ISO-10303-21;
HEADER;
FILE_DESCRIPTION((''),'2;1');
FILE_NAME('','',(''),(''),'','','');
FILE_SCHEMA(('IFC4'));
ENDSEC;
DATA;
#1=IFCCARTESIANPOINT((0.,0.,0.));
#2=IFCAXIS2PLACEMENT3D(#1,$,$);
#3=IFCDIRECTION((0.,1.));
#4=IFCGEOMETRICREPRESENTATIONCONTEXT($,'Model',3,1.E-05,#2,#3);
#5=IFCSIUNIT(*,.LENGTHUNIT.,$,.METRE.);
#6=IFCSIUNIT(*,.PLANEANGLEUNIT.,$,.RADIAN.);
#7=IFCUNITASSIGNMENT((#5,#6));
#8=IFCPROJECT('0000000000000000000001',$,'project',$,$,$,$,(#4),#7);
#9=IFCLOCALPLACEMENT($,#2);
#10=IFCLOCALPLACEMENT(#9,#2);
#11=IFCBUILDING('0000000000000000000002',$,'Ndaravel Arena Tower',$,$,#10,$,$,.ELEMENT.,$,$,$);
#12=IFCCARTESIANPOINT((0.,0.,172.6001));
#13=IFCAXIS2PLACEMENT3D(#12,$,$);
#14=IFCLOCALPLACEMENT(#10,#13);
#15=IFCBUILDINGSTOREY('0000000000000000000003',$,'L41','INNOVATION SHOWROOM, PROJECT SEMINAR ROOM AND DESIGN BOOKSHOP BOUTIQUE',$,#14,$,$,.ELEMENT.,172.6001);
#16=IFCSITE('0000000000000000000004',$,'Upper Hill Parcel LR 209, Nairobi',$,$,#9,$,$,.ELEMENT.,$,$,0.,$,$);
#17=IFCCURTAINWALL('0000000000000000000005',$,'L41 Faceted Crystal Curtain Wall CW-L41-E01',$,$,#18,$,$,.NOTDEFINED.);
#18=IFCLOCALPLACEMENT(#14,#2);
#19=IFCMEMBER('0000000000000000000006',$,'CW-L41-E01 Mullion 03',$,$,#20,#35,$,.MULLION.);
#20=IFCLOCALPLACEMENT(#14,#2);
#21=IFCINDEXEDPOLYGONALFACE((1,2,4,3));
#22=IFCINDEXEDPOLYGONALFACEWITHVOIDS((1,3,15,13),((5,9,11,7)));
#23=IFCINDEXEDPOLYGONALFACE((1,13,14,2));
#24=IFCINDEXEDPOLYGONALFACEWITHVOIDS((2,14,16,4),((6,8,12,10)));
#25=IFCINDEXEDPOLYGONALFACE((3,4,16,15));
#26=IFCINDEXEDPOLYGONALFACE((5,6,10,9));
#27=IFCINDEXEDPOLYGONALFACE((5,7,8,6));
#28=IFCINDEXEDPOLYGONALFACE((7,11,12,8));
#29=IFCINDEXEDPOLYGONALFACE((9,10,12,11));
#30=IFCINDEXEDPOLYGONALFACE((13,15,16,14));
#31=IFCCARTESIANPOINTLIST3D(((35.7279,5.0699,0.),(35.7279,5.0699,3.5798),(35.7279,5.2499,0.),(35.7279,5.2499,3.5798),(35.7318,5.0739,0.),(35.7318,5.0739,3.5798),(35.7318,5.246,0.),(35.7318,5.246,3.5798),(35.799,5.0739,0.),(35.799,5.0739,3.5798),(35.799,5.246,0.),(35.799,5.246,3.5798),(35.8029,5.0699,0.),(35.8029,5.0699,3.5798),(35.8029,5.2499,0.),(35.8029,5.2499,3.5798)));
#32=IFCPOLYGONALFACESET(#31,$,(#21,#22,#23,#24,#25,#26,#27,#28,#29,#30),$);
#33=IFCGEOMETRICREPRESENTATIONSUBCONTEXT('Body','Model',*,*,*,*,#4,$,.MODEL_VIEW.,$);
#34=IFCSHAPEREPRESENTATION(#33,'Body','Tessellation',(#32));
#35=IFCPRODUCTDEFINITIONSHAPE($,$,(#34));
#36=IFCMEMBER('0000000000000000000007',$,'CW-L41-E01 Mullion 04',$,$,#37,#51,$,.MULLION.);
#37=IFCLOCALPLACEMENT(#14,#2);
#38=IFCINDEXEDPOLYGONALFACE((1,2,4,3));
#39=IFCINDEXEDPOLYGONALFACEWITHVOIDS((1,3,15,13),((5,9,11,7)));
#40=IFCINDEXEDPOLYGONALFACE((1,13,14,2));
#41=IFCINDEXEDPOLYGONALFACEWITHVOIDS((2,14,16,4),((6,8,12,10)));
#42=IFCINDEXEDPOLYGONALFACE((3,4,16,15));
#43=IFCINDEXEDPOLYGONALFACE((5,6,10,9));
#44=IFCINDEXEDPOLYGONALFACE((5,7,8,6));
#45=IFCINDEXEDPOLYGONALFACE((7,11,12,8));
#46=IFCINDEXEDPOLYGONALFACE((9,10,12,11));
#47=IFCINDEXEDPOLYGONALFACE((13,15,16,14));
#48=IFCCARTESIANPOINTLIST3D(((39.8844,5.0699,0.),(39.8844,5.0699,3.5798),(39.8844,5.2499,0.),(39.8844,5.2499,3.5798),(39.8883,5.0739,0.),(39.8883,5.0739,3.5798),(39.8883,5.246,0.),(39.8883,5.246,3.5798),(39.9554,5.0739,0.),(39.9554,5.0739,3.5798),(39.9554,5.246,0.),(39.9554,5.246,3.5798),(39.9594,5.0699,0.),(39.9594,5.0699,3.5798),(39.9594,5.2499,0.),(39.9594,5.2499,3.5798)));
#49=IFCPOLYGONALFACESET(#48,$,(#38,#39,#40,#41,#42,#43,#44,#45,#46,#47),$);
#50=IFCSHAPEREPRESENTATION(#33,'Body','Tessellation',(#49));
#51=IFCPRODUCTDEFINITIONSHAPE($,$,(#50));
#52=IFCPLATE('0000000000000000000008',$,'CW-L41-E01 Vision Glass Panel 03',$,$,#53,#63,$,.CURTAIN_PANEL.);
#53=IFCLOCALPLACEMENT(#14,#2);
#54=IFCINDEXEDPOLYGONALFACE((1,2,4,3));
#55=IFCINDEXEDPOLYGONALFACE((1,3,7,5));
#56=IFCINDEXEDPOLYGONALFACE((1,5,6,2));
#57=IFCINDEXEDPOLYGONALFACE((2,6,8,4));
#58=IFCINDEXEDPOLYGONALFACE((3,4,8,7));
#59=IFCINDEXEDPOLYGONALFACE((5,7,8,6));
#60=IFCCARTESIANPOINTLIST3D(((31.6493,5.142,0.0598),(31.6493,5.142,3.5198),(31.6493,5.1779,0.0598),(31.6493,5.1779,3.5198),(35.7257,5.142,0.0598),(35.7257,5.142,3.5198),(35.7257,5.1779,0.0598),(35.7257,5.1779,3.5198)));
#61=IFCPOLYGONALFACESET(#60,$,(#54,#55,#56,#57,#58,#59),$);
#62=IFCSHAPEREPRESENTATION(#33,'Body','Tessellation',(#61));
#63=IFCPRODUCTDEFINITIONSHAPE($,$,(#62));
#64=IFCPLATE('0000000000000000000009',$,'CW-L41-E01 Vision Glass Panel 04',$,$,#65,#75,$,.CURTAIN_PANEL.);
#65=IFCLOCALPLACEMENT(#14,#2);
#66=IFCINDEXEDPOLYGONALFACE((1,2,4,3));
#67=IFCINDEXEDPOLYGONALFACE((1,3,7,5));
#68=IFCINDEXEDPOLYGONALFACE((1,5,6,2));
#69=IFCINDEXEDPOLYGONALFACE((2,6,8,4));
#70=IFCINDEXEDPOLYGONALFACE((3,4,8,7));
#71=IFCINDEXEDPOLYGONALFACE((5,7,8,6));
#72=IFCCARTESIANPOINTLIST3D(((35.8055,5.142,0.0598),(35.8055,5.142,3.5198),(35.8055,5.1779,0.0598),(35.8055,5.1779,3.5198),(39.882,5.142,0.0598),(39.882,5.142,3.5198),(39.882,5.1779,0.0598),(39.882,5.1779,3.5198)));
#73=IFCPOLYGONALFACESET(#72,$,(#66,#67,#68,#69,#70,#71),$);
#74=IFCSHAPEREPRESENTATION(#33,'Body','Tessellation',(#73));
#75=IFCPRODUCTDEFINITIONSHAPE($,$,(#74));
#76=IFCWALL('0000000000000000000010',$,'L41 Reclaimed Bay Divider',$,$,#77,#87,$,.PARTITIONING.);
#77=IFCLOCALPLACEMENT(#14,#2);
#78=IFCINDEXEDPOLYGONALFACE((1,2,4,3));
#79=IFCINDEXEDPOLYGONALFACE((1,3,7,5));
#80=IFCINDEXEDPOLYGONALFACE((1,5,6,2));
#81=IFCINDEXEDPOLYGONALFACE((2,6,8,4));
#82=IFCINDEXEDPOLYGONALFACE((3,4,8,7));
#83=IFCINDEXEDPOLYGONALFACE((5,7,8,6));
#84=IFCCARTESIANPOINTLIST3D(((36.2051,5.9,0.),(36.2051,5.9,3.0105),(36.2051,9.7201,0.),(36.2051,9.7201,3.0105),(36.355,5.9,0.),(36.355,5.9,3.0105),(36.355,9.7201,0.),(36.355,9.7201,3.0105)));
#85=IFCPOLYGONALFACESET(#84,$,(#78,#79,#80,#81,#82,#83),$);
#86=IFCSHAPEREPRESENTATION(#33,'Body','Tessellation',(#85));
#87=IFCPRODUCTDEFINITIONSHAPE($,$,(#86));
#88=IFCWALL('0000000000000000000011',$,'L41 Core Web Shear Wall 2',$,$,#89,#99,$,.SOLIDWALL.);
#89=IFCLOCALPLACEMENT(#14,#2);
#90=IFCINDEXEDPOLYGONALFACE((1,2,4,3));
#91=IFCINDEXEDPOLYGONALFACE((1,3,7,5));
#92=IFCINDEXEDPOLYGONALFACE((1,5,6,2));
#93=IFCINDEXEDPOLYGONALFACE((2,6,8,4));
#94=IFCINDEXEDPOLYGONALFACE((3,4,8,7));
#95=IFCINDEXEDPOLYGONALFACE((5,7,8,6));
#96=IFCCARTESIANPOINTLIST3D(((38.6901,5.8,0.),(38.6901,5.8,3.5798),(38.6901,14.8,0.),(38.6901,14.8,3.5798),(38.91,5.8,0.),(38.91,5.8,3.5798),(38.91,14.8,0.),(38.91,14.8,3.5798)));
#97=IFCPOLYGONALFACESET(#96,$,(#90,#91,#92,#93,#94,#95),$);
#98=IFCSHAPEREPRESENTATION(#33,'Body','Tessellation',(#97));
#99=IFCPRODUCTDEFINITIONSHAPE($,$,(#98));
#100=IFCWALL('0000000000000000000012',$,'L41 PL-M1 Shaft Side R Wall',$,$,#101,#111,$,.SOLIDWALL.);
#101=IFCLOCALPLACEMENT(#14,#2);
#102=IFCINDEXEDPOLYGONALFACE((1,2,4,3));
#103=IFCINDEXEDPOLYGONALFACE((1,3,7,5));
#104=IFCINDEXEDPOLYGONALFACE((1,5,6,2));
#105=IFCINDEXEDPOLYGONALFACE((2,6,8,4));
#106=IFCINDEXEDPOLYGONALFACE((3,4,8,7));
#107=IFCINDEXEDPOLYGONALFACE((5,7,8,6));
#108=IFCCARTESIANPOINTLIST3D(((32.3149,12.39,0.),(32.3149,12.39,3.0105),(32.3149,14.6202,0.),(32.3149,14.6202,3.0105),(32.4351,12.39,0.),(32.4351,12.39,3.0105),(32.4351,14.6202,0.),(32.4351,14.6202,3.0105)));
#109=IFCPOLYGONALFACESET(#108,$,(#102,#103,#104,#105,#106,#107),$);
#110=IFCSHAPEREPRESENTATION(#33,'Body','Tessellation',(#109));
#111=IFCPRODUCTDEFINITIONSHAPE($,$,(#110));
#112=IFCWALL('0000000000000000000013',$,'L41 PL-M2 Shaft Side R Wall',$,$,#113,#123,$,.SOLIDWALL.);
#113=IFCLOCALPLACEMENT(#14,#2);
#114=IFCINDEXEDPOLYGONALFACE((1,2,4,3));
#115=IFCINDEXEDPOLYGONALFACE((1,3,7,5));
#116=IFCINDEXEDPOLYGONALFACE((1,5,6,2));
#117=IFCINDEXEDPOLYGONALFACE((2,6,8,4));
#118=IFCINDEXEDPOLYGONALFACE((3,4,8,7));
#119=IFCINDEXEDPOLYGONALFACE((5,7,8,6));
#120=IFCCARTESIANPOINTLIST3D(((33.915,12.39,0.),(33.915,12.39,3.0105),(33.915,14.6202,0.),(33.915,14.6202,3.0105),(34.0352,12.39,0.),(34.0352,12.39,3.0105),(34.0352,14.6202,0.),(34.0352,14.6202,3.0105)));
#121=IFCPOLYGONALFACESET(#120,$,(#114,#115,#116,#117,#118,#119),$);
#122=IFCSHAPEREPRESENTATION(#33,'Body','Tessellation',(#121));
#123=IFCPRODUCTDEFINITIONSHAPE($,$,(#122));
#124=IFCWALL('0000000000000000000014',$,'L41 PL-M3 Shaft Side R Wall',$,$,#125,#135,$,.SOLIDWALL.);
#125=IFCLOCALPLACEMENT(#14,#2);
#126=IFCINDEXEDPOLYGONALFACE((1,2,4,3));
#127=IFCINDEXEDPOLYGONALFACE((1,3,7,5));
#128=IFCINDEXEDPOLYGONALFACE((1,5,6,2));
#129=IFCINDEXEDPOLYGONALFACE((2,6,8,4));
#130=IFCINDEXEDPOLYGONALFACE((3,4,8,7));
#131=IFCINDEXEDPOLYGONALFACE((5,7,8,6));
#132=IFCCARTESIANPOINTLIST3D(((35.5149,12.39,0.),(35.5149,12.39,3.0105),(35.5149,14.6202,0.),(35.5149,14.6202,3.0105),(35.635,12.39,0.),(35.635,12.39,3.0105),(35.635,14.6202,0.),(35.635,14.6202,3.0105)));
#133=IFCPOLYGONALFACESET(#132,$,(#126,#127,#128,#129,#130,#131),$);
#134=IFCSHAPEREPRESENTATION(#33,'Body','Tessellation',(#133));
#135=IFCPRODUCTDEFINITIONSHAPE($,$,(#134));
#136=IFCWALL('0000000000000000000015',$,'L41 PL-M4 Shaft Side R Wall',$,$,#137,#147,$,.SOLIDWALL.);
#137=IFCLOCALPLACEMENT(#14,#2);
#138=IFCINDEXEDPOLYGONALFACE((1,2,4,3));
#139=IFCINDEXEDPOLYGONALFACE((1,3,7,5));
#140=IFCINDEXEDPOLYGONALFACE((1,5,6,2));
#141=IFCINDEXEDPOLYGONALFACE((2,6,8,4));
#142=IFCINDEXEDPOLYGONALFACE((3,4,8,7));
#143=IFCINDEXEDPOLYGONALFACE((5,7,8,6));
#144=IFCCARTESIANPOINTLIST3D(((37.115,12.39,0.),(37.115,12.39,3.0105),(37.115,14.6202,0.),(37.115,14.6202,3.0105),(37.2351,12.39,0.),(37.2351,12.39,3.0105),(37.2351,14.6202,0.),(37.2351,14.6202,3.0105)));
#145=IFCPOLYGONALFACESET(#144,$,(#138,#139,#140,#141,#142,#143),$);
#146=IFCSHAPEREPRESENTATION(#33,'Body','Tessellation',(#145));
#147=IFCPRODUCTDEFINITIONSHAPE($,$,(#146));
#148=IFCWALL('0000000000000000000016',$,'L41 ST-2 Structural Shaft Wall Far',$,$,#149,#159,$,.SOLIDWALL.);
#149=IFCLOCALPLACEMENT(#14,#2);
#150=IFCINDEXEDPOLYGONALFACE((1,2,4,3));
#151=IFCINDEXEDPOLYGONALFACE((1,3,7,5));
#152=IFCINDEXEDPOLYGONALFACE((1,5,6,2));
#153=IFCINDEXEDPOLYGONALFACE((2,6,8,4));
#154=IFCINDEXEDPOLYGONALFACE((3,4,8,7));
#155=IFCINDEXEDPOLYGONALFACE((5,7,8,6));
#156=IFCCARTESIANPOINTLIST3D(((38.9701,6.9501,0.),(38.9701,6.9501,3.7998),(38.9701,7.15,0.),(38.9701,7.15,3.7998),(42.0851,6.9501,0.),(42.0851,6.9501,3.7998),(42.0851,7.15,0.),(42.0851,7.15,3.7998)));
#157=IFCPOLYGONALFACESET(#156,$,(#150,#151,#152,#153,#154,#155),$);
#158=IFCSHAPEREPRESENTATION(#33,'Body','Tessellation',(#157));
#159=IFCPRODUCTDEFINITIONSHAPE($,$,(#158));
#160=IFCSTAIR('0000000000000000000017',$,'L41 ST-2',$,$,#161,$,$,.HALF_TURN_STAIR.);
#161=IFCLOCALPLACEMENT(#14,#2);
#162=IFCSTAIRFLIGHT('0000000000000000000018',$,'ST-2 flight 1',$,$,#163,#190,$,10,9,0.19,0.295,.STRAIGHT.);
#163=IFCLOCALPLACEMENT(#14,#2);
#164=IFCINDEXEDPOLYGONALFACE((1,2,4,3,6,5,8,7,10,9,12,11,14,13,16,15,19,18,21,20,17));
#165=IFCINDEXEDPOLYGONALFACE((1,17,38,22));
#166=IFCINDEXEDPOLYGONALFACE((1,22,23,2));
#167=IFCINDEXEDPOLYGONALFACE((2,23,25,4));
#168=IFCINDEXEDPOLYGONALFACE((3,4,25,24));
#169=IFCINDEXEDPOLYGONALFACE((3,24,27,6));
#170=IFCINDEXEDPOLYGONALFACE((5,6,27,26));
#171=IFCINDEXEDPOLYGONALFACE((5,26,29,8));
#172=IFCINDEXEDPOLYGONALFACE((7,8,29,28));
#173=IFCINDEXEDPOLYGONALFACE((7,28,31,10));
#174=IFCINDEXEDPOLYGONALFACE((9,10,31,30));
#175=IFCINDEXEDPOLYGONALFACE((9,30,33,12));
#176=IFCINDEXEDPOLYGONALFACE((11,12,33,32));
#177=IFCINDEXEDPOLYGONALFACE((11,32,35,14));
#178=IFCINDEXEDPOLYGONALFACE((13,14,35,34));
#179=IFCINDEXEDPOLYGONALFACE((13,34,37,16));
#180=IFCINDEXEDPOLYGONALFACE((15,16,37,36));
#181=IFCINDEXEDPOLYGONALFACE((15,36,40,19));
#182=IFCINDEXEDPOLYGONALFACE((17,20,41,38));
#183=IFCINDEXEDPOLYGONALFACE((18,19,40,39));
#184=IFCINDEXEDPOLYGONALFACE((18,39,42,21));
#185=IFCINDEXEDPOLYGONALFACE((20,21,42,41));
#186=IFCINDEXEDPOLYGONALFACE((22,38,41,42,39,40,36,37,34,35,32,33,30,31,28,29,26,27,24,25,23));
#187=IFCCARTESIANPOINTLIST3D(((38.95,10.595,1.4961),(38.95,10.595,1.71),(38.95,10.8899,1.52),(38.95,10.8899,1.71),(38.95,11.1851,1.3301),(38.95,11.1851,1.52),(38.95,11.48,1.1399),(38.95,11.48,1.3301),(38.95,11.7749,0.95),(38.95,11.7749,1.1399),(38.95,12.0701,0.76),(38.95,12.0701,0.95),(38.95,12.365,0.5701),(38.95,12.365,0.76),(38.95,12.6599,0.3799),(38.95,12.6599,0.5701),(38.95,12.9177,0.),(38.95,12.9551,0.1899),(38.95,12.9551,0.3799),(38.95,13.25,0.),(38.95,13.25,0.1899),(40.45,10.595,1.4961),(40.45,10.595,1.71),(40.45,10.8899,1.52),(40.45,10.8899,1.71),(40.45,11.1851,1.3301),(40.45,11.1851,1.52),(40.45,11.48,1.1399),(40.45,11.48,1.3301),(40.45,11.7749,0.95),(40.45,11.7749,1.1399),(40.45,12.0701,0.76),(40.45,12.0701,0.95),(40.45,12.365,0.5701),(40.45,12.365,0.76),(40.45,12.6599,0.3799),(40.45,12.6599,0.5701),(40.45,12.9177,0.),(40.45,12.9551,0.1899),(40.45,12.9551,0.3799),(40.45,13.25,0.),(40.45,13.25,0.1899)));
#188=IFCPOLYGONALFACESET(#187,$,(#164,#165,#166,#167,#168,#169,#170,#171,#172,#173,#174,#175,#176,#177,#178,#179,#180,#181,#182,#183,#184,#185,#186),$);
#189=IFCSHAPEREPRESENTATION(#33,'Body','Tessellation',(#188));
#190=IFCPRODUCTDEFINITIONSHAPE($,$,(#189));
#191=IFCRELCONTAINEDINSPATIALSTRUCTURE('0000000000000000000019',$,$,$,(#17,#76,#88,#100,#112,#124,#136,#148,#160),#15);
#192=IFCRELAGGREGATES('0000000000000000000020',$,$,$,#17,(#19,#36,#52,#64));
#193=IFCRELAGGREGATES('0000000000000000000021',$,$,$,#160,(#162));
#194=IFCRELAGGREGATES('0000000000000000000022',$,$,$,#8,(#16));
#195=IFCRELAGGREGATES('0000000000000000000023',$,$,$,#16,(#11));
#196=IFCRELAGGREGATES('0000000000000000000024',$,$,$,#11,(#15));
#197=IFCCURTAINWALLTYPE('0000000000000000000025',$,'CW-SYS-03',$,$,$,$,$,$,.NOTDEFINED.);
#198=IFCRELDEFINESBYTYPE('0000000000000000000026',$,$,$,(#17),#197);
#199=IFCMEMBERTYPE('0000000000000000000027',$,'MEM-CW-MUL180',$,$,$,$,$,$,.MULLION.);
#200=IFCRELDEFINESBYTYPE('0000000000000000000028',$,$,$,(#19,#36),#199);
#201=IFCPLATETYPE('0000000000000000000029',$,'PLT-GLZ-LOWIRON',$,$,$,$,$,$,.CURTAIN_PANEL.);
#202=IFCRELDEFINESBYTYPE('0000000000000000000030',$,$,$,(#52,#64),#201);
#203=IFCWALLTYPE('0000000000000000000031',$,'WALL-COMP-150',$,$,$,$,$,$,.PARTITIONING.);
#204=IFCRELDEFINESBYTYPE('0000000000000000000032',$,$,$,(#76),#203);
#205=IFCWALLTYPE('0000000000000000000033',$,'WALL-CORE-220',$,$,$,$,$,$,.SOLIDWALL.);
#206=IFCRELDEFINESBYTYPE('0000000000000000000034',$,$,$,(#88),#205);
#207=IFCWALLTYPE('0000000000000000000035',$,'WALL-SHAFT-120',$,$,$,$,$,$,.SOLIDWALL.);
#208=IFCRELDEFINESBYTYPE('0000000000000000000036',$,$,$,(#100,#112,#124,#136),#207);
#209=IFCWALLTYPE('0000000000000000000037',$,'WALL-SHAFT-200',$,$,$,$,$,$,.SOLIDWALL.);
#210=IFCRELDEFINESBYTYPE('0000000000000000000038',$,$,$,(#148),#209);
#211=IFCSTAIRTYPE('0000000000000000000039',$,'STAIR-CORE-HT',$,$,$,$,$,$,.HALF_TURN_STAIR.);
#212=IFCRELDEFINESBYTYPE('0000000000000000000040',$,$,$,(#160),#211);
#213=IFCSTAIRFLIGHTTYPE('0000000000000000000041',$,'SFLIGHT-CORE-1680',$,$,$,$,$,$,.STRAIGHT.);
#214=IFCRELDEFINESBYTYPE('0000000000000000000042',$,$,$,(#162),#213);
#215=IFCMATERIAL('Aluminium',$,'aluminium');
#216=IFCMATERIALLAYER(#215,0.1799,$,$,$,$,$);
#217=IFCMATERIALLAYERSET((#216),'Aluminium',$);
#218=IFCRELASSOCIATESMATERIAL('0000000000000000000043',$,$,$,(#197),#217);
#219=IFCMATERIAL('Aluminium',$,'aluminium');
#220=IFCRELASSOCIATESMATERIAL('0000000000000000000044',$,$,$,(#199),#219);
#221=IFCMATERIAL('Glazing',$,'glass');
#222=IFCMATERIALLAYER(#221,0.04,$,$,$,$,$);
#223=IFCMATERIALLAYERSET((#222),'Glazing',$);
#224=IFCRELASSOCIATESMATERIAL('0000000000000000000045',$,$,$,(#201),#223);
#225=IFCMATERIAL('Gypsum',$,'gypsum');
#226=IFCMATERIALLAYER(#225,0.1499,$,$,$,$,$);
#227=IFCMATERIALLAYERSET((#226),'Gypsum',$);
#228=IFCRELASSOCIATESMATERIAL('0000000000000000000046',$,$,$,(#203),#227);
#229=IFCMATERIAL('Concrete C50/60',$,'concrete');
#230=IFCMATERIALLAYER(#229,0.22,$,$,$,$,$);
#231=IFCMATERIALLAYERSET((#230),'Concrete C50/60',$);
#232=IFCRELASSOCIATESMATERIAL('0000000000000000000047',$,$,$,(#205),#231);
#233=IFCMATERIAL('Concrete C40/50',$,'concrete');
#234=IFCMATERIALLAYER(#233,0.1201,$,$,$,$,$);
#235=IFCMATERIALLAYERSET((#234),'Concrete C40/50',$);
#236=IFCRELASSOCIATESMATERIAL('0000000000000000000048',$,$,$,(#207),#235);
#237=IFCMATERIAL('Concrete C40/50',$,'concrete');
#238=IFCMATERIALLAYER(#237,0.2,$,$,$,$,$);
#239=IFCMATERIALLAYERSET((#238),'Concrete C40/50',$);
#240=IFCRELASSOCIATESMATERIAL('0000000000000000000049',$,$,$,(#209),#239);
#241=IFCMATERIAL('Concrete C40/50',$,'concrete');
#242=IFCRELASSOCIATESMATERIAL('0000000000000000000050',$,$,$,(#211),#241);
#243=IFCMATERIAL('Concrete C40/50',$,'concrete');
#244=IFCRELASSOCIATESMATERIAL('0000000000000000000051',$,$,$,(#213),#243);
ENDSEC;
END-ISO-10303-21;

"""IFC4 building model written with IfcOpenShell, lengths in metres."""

from ifc_helpers import new_model, si_unit, direction, frame, frame_2d, origin, origin_2d, place, context, subcontext, project, spatial, polyline, rectangle, hollow_rectangle, outline, extrude, material, layer, layer_set, material_profile, profile_set, type_object, element, aggregate, save


model = new_model("IFC4")

# Units and contexts
model_context = context("Model", 3, precision=1e-05, world=origin(), true_north=direction((0.0, 1.0)))
body_context = subcontext(model_context, "Body", "Model", "MODEL_VIEW")
ifc_project = project(units=[si_unit("LENGTHUNIT", "METRE"), si_unit("PLANEANGLEUNIT", "RADIAN")], contexts=[model_context])

# Site, building, storey
site_placement = place(None, origin())
site = spatial("IfcSite", under=ifc_project, at=site_placement, Name="Upper Hill Parcel LR 209, Nairobi", CompositionType="ELEMENT", RefElevation=0.0)
building_placement = place(site_placement, origin())
building = spatial("IfcBuilding", under=site, at=building_placement, Name="Ndaravel Arena Tower", CompositionType="ELEMENT")
storey_placement = place(building_placement, frame((0.0, 0.0, 172.6001)))
storey = spatial("IfcBuildingStorey", under=building, at=storey_placement, Name="L41", Description="INNOVATION SHOWROOM, PROJECT SEMINAR ROOM AND DESIGN BOOKSHOP BOUTIQUE", CompositionType="ELEMENT", Elevation=172.6001)

# Curtain wall, members, plates
ifc_material_1 = material(Name="Aluminium", Category="aluminium")
ifc_layer_1 = layer(ifc_material_1, 0.1799)
ifc_layer_set_1 = layer_set([ifc_layer_1], Name="Aluminium")
curtain_wall_type = type_object("IfcCurtainWallType", Name="CW-SYS-03", PredefinedType="NOTDEFINED", material=ifc_layer_set_1)
curtain_wall_placement = place(storey_placement, origin())
curtain_wall = element("IfcCurtainWall", 1, at=curtain_wall_placement, inside=storey, type_object=curtain_wall_type, Name="L41 Faceted Crystal Curtain Wall CW-L41-E01", PredefinedType="NOTDEFINED")
ifc_material_2 = material(Name="Aluminium", Category="aluminium")
ifc_material_profile = material_profile(ifc_material_2, hollow_rectangle(XDim=0.075, YDim=0.1799, WallThickness=0.0039, at=origin_2d()), Name="CW MULLION 75x180x4")
ifc_profile_set = profile_set([ifc_material_profile], Name="Aluminium")
member_type = type_object("IfcMemberType", Name="MEM-CW-MUL180", PredefinedType="MULLION", material=ifc_profile_set)
member_1_placement = place(storey_placement, frame((35.7654, 5.1599, 0.0), z_axis=(0.0, 0.0, 1.0), x_axis=(1.0, 0.0, 0.0)))
member_1 = element("IfcMember", 2, at=member_1_placement, type_object=member_type, Name="CW-L41-E01 Mullion 03", PredefinedType="MULLION", context=body_context, shape_type="SweptSolid", body=[
    extrude(hollow_rectangle(XDim=0.075, YDim=0.1799, WallThickness=0.0039, at=origin_2d()), origin(), (0.0, 0.0, 1.0), 3.5798),
])
member_2_placement = place(storey_placement, frame((39.9219, 5.1599, 0.0), z_axis=(0.0, 0.0, 1.0), x_axis=(1.0, 0.0, 0.0)))
member_2 = element("IfcMember", 3, at=member_2_placement, type_object=member_type, Name="CW-L41-E01 Mullion 04", PredefinedType="MULLION", context=body_context, shape_type="SweptSolid", body=[
    extrude(hollow_rectangle(XDim=0.075, YDim=0.1799, WallThickness=0.0039, at=origin_2d()), origin(), (0.0, 0.0, 1.0), 3.5798),
])
ifc_material_3 = material(Name="Glazing", Category="glass")
ifc_layer_2 = layer(ifc_material_3, 0.04)
ifc_layer_set_2 = layer_set([ifc_layer_2], Name="Glazing")
plate_type = type_object("IfcPlateType", Name="PLT-GLZ-LOWIRON", PredefinedType="CURTAIN_PANEL", material=ifc_layer_set_2)
plate_1_placement = place(storey_placement, frame((33.6875, 5.1599, 0.0598), z_axis=(0.0, 0.0, 1.0), x_axis=(1.0, 0.0, 0.0)))
plate_1 = element("IfcPlate", 4, at=plate_1_placement, type_object=plate_type, Name="CW-L41-E01 Vision Glass Panel 03", PredefinedType="CURTAIN_PANEL", context=body_context, shape_type="SweptSolid", body=[
    extrude(rectangle(XDim=4.0764, YDim=0.0359, at=origin_2d()), origin(), (0.0, 0.0, 1.0), 3.46),
])
plate_2_placement = place(storey_placement, frame((37.8438, 5.1599, 0.0598), z_axis=(0.0, 0.0, 1.0), x_axis=(1.0, 0.0, 0.0)))
plate_2 = element("IfcPlate", 5, at=plate_2_placement, type_object=plate_type, Name="CW-L41-E01 Vision Glass Panel 04", PredefinedType="CURTAIN_PANEL", context=body_context, shape_type="SweptSolid", body=[
    extrude(rectangle(XDim=4.0764, YDim=0.0359, at=origin_2d()), origin(), (0.0, 0.0, 1.0), 3.46),
])
aggregate(curtain_wall, [member_1, member_2, plate_1, plate_2])

# Walls
ifc_material_4 = material(Name="Gypsum", Category="gypsum")
ifc_layer_3 = layer(ifc_material_4, 0.1499)
ifc_layer_set_3 = layer_set([ifc_layer_3], Name="Gypsum")
wall_type_1 = type_object("IfcWallType", Name="WALL-COMP-150", PredefinedType="PARTITIONING", material=ifc_layer_set_3)
wall_1_placement = place(storey_placement, frame((36.28, 5.8999, 0.0), z_axis=(0.0, 0.0, 1.0), x_axis=(0.0, 1.0, 0.0)))
element("IfcWall", 6, at=wall_1_placement, inside=storey, type_object=wall_type_1, Name="L41 Reclaimed Bay Divider", PredefinedType="PARTITIONING", context=body_context, shape_type="SweptSolid", body=[
    extrude(rectangle(XDim=3.8201, YDim=0.1499, at=frame_2d((1.9102, 0.0))), origin(), (0.0, 0.0, 1.0), 3.0105),
])
ifc_material_5 = material(Name="Concrete C50/60", Category="concrete")
ifc_layer_4 = layer(ifc_material_5, 0.22)
ifc_layer_set_4 = layer_set([ifc_layer_4], Name="Concrete C50/60")
wall_type_2 = type_object("IfcWallType", Name="WALL-CORE-220", PredefinedType="SOLIDWALL", material=ifc_layer_set_4)
wall_2_placement = place(storey_placement, frame((38.8, 5.8, 0.0), z_axis=(0.0, 0.0, 1.0), x_axis=(0.0, 1.0, 0.0)))
element("IfcWall", 7, at=wall_2_placement, inside=storey, type_object=wall_type_2, Name="L41 Core Web Shear Wall 2", PredefinedType="SOLIDWALL", context=body_context, shape_type="SweptSolid", body=[
    extrude(rectangle(XDim=9.0, YDim=0.22, at=frame_2d((4.5, 0.0))), origin(), (0.0, 0.0, 1.0), 3.5798),
])
ifc_material_6 = material(Name="Concrete C40/50", Category="concrete")
ifc_layer_5 = layer(ifc_material_6, 0.1201)
ifc_layer_set_5 = layer_set([ifc_layer_5], Name="Concrete C40/50")
wall_type_3 = type_object("IfcWallType", Name="WALL-SHAFT-120", PredefinedType="SOLIDWALL", material=ifc_layer_set_5)
for number, where, z_axis, x_axis, name in (
    (8, (32.375, 12.3899, 0.0), (0.0, 0.0, 1.0), (0.0, 1.0, 0.0), "L41 PL-M1 Shaft Side R Wall"),
    (9, (33.9751, 12.3899, 0.0), (0.0, 0.0, 1.0), (0.0, 1.0, 0.0), "L41 PL-M2 Shaft Side R Wall"),
    (10, (35.575, 12.3899, 0.0), (0.0, 0.0, 1.0), (0.0, 1.0, 0.0), "L41 PL-M3 Shaft Side R Wall"),
    (11, (37.175, 12.3899, 0.0), (0.0, 0.0, 1.0), (0.0, 1.0, 0.0), "L41 PL-M4 Shaft Side R Wall"),
):
    element("IfcWall", number, at=place(storey_placement, frame(where, z_axis=z_axis, x_axis=x_axis)), inside=storey, type_object=wall_type_3, Name=name, PredefinedType="SOLIDWALL", context=body_context, shape_type="SweptSolid", body=[
        extrude(rectangle(XDim=2.2302, YDim=0.1201, at=frame_2d((1.1152, 0.0))), origin(), (0.0, 0.0, 1.0), 3.0105),
    ])
ifc_material_7 = material(Name="Concrete C40/50", Category="concrete")
ifc_layer_6 = layer(ifc_material_7, 0.2)
ifc_layer_set_6 = layer_set([ifc_layer_6], Name="Concrete C40/50")
wall_type_4 = type_object("IfcWallType", Name="WALL-SHAFT-200", PredefinedType="SOLIDWALL", material=ifc_layer_set_6)
wall_3_placement = place(storey_placement, frame((38.97, 7.05, 0.0), z_axis=(0.0, 0.0, 1.0), x_axis=(1.0, 0.0, 0.0)))
element("IfcWall", 12, at=wall_3_placement, inside=storey, type_object=wall_type_4, Name="L41 ST-2 Structural Shaft Wall Far", PredefinedType="SOLIDWALL", context=body_context, shape_type="SweptSolid", body=[
    extrude(rectangle(XDim=3.115, YDim=0.2, at=frame_2d((1.5576, 0.0))), origin(), (0.0, 0.0, 1.0), 3.7998),
])

# Stair, stair flight
ifc_material_8 = material(Name="Concrete C40/50", Category="concrete")
stair_type = type_object("IfcStairType", Name="STAIR-CORE-HT", PredefinedType="HALF_TURN_STAIR", material=ifc_material_8)
stair_placement = place(storey_placement, origin())
stair = element("IfcStair", 13, at=stair_placement, inside=storey, type_object=stair_type, Name="L41 ST-2", PredefinedType="HALF_TURN_STAIR")
ifc_material_9 = material(Name="Concrete C40/50", Category="concrete")
stair_flight_type = type_object("IfcStairFlightType", Name="SFLIGHT-CORE-1680", PredefinedType="STRAIGHT", material=ifc_material_9)
stair_flight_1_placement = place(storey_placement, frame((39.7, 13.25, 0.0), z_axis=(0.0, 0.0, 1.0), x_axis=(0.0, -1.0, 0.0)))
stair_flight_1 = element("IfcStairFlight", 14, at=stair_flight_1_placement, type_object=stair_flight_type, Name="ST-2 flight 1", NumberOfRisers=10, NumberOfTreads=9, PredefinedType="STRAIGHT", RiserHeight=0.19, TreadLength=0.295, context=body_context, shape_type="SweptSolid", body=[
    extrude(outline(polyline([(0.0, 0.0), (0.0, 0.1899), (0.2949, 0.1899), (0.2949, 0.3799), (0.5901, 0.3799), (0.5901, 0.5701), (0.885, 0.5701), (0.885, 0.76), (1.1799, 0.76), (1.1799, 0.95), (1.4751, 0.95), (1.4751, 1.1399), (1.77, 1.1399), (1.77, 1.3301), (2.0649, 1.3301), (2.0649, 1.52), (2.3601, 1.52), (2.3601, 1.71), (2.655, 1.71), (2.655, 1.8999), (2.655, 1.4961), (0.3323, 0.0), (0.0, 0.0)])), frame((0.0, 0.75, 0.0), z_axis=(0.0, -1.0, 0.0), x_axis=(1.0, 0.0, 0.0)), (0.0, 0.0, 1.0), 1.5),
])
aggregate(stair, [stair_flight_1])

save(model, "model.ifc")
